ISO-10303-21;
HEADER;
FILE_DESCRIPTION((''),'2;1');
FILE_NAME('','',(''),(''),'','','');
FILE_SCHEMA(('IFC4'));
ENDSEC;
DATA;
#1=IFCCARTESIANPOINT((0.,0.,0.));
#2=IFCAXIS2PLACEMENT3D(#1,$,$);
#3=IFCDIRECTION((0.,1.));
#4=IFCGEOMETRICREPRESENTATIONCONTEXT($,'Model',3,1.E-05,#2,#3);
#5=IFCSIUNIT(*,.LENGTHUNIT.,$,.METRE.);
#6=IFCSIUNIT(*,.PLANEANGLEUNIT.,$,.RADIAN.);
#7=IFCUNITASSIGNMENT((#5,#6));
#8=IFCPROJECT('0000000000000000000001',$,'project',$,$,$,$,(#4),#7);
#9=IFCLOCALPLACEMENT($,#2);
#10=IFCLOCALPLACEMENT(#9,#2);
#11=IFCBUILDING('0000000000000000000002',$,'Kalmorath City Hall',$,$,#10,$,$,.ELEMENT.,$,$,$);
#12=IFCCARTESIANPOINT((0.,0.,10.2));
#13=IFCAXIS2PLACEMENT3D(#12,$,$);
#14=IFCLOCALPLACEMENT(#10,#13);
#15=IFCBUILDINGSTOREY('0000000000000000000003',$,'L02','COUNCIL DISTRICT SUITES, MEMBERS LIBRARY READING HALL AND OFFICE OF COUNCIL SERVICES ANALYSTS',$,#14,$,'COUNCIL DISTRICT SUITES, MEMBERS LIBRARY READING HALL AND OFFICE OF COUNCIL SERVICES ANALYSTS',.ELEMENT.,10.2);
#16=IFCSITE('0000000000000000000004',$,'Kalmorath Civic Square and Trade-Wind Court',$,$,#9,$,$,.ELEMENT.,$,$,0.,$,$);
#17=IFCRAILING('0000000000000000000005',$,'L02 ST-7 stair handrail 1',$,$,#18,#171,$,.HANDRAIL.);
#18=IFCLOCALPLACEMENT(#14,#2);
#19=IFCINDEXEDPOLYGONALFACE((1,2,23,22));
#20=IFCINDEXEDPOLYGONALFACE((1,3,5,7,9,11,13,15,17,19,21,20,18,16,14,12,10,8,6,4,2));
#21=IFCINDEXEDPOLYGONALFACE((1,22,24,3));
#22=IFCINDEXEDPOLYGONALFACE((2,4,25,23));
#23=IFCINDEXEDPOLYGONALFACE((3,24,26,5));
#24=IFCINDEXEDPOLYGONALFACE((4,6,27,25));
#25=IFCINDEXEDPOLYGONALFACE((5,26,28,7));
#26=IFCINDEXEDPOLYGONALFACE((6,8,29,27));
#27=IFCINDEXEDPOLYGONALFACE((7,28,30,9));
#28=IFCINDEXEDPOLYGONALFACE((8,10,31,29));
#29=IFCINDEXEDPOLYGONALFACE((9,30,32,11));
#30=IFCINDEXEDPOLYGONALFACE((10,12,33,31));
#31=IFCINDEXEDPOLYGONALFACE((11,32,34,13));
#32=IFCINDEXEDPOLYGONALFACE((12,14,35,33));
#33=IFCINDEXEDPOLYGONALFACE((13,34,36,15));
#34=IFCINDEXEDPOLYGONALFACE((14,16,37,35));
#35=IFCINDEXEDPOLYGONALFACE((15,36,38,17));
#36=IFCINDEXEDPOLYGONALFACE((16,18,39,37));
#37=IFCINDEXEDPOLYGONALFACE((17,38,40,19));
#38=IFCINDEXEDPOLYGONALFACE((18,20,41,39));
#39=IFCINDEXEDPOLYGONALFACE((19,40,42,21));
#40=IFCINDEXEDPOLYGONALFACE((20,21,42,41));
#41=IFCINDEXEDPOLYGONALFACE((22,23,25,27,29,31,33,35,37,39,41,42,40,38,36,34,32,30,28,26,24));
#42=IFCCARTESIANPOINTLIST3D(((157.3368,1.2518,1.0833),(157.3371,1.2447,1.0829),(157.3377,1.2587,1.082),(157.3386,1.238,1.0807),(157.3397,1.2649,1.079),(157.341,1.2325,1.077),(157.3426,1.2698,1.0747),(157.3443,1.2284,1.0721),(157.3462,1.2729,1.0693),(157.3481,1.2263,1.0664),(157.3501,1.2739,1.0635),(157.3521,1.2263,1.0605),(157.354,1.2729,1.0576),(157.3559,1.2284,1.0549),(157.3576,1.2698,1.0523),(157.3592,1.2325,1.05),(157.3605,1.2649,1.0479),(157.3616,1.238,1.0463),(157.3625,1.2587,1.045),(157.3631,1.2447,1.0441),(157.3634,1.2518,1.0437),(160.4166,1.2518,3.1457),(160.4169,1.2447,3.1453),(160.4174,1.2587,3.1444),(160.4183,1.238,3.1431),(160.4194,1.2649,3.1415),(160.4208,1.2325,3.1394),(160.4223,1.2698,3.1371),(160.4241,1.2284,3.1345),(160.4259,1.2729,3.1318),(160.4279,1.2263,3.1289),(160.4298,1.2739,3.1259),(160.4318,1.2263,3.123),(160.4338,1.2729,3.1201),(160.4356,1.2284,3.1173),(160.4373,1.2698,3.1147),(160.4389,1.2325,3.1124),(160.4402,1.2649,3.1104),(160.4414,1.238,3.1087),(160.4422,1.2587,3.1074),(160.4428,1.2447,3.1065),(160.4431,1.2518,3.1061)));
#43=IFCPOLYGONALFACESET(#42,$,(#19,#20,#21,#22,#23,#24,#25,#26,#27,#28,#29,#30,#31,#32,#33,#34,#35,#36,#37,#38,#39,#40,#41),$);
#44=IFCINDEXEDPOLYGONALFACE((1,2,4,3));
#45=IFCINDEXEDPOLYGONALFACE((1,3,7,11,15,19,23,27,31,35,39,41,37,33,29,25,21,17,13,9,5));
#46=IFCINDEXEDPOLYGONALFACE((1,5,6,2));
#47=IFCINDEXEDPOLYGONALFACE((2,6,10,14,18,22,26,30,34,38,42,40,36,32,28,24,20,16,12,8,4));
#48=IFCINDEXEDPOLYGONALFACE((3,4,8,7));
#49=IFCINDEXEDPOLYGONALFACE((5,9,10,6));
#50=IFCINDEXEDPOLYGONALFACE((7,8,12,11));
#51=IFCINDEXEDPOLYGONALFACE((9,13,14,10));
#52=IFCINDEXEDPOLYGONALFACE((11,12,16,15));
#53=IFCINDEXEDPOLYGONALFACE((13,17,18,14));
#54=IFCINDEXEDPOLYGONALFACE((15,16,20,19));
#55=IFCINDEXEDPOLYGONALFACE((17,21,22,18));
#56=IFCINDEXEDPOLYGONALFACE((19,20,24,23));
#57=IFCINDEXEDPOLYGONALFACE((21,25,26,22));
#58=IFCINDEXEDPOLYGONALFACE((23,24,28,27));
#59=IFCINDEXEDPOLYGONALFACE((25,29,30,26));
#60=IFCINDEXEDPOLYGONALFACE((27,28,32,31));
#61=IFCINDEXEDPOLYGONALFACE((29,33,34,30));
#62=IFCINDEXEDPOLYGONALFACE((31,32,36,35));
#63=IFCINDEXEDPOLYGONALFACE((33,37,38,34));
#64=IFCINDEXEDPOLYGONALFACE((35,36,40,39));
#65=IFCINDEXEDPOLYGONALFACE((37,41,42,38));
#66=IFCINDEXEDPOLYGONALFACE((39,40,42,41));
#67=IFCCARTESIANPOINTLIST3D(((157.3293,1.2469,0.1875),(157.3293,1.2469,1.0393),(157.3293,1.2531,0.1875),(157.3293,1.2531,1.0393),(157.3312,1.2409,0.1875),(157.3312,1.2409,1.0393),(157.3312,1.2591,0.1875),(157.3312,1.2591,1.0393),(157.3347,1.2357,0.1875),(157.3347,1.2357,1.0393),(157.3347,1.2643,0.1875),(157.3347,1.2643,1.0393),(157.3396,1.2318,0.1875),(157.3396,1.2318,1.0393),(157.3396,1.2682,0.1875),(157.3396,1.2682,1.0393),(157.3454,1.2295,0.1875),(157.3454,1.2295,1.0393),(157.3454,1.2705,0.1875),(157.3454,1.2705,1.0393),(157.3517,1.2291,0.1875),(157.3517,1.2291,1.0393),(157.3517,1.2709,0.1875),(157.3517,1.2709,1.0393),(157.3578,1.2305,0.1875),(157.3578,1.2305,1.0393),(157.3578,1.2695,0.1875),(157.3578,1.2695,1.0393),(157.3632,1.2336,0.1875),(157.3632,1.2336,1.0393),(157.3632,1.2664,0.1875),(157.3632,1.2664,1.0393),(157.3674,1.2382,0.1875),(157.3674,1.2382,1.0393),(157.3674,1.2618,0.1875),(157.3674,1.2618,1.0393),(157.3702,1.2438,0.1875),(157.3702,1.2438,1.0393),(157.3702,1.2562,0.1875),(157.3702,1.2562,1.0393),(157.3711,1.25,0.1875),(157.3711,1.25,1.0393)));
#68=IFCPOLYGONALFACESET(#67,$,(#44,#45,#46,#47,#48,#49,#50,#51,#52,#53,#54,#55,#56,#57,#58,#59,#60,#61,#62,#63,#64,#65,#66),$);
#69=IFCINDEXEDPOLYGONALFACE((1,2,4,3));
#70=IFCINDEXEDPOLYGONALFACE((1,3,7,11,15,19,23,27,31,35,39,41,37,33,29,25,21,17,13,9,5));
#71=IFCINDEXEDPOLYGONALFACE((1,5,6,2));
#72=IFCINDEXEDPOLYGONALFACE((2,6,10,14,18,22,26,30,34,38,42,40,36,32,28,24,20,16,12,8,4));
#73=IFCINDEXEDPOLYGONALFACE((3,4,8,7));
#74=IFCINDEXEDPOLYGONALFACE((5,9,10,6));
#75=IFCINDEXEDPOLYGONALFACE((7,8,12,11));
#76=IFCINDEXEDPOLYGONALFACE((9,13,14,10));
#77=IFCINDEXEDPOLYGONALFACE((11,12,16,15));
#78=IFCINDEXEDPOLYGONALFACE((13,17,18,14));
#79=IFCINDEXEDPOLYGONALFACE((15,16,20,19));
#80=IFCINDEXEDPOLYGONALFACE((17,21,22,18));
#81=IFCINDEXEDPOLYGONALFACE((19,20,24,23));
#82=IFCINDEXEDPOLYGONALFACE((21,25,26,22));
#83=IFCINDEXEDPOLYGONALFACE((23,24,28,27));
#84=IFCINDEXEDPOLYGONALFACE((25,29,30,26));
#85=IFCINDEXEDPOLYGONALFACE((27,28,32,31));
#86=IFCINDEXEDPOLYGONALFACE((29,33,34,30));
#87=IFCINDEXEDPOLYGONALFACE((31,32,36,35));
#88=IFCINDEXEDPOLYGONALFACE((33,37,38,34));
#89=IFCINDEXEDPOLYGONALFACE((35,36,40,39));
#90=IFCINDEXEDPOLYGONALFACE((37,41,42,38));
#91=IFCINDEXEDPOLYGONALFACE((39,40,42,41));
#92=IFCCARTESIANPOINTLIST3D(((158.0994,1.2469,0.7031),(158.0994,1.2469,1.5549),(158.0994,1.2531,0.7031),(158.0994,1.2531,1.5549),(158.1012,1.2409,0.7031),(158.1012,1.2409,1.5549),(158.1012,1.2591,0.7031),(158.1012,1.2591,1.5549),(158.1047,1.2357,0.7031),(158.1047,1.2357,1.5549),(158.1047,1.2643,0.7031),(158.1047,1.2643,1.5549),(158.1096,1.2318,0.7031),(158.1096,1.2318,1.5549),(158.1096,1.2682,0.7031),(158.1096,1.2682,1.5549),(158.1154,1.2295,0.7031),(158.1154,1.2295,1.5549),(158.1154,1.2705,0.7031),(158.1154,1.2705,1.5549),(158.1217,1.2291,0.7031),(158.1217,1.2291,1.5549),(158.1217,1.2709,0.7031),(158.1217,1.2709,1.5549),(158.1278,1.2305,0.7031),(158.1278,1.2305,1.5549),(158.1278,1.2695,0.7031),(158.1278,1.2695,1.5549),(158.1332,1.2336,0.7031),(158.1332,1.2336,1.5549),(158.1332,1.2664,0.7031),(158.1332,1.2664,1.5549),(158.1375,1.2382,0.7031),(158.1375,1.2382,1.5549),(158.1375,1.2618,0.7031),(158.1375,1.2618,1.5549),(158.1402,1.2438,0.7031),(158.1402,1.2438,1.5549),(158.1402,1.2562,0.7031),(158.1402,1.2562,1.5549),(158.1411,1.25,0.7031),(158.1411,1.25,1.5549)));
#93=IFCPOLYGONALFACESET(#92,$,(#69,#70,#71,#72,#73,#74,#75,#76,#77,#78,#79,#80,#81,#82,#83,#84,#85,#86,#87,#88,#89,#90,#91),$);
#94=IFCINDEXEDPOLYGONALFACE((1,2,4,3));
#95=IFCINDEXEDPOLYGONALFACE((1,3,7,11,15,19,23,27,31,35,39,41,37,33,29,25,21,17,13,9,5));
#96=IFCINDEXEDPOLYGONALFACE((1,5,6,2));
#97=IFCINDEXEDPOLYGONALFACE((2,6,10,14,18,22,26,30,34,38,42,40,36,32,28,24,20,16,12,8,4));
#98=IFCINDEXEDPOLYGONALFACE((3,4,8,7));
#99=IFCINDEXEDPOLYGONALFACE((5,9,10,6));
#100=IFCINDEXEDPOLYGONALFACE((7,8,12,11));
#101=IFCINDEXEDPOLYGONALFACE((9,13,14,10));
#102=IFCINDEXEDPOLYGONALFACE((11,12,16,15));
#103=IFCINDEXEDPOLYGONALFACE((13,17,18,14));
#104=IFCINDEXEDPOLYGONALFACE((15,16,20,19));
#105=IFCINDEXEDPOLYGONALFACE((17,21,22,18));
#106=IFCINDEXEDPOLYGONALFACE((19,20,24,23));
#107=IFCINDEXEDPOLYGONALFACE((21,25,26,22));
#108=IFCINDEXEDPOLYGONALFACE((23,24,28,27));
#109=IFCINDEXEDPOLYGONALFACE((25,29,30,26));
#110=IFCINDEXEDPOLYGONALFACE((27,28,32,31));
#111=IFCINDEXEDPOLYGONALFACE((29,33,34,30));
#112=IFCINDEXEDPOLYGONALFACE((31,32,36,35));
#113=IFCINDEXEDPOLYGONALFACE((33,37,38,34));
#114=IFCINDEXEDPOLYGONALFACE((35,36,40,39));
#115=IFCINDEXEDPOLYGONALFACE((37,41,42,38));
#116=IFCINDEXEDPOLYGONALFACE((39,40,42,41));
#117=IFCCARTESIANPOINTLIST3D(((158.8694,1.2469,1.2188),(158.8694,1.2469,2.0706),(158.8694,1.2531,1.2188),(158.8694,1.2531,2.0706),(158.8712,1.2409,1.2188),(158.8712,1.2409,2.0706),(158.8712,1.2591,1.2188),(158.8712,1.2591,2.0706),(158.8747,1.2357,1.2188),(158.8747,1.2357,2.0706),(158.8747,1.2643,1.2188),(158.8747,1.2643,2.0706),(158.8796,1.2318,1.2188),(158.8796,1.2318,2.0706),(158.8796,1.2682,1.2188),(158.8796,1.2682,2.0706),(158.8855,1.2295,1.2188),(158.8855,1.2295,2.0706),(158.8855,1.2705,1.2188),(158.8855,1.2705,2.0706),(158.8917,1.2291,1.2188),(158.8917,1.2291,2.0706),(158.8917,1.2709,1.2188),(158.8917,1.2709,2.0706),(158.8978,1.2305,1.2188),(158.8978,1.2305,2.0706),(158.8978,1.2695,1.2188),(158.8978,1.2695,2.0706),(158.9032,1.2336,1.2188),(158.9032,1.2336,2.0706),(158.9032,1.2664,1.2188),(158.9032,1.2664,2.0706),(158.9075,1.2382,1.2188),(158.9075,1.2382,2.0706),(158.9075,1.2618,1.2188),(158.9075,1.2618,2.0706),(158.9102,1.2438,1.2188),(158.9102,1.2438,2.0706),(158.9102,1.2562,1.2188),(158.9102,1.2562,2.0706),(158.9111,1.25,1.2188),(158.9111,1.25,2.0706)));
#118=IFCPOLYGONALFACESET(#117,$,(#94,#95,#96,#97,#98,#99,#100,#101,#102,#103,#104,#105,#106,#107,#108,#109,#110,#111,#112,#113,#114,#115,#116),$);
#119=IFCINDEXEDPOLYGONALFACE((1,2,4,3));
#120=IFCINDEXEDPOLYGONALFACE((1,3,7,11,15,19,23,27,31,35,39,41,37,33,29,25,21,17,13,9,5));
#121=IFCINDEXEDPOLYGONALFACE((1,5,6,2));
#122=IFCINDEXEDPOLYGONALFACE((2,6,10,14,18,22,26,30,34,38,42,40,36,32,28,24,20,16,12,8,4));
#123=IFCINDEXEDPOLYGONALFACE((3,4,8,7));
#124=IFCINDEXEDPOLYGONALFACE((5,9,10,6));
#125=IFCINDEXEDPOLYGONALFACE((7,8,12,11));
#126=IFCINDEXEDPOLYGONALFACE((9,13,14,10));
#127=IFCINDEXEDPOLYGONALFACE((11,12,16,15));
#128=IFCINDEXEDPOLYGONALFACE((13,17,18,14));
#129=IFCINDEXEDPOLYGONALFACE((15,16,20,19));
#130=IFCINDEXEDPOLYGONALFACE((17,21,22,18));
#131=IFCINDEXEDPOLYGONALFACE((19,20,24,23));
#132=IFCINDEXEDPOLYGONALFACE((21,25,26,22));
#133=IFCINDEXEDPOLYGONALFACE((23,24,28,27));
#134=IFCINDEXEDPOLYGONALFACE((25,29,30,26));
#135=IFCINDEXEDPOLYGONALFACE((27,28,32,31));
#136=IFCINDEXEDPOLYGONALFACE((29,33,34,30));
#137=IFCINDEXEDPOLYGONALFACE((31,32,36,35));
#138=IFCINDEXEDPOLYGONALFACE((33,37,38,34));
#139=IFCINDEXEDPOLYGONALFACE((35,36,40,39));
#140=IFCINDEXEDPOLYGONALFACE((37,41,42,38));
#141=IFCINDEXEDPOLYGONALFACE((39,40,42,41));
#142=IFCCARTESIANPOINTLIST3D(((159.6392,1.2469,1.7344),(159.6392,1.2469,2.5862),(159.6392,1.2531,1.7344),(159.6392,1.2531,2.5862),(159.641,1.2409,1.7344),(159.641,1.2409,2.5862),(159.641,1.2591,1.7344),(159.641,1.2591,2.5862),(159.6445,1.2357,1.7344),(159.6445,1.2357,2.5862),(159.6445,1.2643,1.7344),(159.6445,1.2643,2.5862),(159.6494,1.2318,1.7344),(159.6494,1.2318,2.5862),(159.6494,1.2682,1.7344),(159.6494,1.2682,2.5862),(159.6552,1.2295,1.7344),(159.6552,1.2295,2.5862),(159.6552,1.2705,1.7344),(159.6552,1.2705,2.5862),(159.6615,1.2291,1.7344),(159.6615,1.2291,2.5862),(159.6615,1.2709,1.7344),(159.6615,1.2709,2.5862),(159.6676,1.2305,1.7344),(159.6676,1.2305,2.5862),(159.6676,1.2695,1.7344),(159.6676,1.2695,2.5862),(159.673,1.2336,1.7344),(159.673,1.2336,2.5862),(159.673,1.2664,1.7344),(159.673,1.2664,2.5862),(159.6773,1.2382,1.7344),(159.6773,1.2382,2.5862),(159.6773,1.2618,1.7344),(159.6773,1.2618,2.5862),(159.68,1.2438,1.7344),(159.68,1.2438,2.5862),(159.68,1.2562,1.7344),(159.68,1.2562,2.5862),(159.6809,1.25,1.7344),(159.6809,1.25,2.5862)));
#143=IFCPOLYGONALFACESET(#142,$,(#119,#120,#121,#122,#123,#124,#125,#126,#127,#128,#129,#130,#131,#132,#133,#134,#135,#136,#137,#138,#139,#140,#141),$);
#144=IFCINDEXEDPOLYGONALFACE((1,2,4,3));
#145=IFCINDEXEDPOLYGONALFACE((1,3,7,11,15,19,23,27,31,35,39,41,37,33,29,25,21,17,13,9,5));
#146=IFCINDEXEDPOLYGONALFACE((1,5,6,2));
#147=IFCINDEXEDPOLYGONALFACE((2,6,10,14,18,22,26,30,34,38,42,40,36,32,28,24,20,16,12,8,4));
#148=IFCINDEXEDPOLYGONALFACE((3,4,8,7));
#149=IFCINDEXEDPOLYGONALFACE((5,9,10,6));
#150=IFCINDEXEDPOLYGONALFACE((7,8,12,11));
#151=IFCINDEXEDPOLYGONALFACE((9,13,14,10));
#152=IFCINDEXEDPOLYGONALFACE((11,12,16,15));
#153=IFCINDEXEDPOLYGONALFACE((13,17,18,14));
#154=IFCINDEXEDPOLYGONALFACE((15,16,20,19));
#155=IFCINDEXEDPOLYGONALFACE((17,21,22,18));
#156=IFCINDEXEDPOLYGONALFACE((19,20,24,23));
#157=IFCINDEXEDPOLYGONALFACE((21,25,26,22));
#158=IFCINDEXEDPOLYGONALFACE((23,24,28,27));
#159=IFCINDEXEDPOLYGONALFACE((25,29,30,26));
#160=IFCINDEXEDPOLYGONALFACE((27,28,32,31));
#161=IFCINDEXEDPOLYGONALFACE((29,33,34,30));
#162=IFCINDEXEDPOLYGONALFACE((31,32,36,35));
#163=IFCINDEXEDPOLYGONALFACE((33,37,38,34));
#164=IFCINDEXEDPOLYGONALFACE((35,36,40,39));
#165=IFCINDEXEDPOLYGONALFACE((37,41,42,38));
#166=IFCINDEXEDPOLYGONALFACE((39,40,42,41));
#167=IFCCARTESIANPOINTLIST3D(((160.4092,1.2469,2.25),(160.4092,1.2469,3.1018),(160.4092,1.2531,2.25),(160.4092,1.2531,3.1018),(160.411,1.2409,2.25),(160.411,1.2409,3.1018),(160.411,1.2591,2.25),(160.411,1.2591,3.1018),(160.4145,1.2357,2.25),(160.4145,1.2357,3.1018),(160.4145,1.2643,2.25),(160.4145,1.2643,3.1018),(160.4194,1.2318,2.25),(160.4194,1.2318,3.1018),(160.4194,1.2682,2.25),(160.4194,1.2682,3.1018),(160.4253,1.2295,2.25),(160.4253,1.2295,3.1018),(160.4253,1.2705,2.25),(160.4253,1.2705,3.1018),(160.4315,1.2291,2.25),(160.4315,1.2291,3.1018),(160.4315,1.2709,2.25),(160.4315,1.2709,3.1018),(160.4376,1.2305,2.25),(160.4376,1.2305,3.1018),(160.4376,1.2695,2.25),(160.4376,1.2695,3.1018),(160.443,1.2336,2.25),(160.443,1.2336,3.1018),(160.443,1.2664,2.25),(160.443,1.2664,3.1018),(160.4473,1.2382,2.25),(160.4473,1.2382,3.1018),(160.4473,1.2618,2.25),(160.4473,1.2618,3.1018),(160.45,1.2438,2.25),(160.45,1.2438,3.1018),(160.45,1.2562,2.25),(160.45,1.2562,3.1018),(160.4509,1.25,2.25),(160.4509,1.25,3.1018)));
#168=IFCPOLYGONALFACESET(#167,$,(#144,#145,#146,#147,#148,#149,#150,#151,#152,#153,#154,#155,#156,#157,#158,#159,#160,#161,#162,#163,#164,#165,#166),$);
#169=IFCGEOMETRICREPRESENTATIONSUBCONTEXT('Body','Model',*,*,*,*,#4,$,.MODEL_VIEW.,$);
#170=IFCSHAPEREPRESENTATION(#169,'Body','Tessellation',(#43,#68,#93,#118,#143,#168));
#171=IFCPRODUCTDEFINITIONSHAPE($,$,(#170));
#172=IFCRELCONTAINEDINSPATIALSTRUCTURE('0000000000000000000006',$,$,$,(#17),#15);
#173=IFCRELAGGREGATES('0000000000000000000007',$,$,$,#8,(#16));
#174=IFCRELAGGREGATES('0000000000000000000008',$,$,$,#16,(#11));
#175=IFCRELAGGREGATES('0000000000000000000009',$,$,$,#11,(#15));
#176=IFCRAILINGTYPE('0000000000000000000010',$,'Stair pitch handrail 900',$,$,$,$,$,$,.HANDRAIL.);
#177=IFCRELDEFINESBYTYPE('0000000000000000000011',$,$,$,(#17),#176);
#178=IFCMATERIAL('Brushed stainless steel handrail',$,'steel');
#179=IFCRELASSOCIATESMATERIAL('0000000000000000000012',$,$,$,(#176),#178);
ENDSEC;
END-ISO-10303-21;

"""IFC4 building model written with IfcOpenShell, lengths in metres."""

from ifc_helpers import new_model, si_unit, direction, frame, origin, origin_2d, place, context, subcontext, project, spatial, circle, extrude, material, type_object, element, save


model = new_model("IFC4")

# Units and contexts
model_context = context("Model", 3, precision=1e-05, world=origin(), true_north=direction((0.0, 1.0)))
body_context = subcontext(model_context, "Body", "Model", "MODEL_VIEW")
ifc_project = project(units=[si_unit("LENGTHUNIT", "METRE"), si_unit("PLANEANGLEUNIT", "RADIAN")], contexts=[model_context])

# Site, building, storey
site_placement = place(None, origin())
site = spatial("IfcSite", under=ifc_project, at=site_placement, Name="Kalmorath Civic Square and Trade-Wind Court", CompositionType="ELEMENT", RefElevation=0.0)
building_placement = place(site_placement, origin())
building = spatial("IfcBuilding", under=site, at=building_placement, Name="Kalmorath City Hall", CompositionType="ELEMENT")
storey_placement = place(building_placement, frame((0.0, 0.0, 10.2)))
storey = spatial("IfcBuildingStorey", under=building, at=storey_placement, Name="L02", Description="COUNCIL DISTRICT SUITES, MEMBERS LIBRARY READING HALL AND OFFICE OF COUNCIL SERVICES ANALYSTS", LongName="COUNCIL DISTRICT SUITES, MEMBERS LIBRARY READING HALL AND OFFICE OF COUNCIL SERVICES ANALYSTS", CompositionType="ELEMENT", Elevation=10.2)

# Railing
ifc_material_1 = material(Name="Brushed stainless steel handrail", Category="steel")
railing_type_1 = type_object("IfcRailingType", Name="Stair pitch handrail 900", PredefinedType="HANDRAIL", material=ifc_material_1)
railing_1_placement = place(storey_placement, frame((157.3501, 1.25, 0.1875)))
element("IfcRailing", 1, at=railing_1_placement, inside=storey, type_object=railing_type_1, Name="L02 ST-7 stair handrail 1", PredefinedType="HANDRAIL", context=body_context, shape_type="SweptSolid", body=[
    extrude(circle(Radius=0.0239, at=origin_2d()), frame((0.0, 0.0, 0.876), z_axis=(0.830893, 0.0, 0.556432), x_axis=(0.0, 1.0, 0.0)), (0.0, 0.0, 1.0), 3.7065),
    extrude(circle(Radius=0.021, at=origin_2d()), origin(), (0.0, 0.0, 1.0), 0.8518),
    extrude(circle(Radius=0.021, at=origin_2d()), frame((0.77, 0.0, 0.5156)), (0.0, 0.0, 1.0), 0.8518),
    extrude(circle(Radius=0.021, at=origin_2d()), frame((1.54, 0.0, 1.0312)), (0.0, 0.0, 1.0), 0.8518),
    extrude(circle(Radius=0.021, at=origin_2d()), frame((2.3098, 0.0, 1.5469)), (0.0, 0.0, 1.0), 0.8518),
    extrude(circle(Radius=0.021, at=origin_2d()), frame((3.0798, 0.0, 2.0625)), (0.0, 0.0, 1.0), 0.8518),
])

save(model, "model.ifc")
